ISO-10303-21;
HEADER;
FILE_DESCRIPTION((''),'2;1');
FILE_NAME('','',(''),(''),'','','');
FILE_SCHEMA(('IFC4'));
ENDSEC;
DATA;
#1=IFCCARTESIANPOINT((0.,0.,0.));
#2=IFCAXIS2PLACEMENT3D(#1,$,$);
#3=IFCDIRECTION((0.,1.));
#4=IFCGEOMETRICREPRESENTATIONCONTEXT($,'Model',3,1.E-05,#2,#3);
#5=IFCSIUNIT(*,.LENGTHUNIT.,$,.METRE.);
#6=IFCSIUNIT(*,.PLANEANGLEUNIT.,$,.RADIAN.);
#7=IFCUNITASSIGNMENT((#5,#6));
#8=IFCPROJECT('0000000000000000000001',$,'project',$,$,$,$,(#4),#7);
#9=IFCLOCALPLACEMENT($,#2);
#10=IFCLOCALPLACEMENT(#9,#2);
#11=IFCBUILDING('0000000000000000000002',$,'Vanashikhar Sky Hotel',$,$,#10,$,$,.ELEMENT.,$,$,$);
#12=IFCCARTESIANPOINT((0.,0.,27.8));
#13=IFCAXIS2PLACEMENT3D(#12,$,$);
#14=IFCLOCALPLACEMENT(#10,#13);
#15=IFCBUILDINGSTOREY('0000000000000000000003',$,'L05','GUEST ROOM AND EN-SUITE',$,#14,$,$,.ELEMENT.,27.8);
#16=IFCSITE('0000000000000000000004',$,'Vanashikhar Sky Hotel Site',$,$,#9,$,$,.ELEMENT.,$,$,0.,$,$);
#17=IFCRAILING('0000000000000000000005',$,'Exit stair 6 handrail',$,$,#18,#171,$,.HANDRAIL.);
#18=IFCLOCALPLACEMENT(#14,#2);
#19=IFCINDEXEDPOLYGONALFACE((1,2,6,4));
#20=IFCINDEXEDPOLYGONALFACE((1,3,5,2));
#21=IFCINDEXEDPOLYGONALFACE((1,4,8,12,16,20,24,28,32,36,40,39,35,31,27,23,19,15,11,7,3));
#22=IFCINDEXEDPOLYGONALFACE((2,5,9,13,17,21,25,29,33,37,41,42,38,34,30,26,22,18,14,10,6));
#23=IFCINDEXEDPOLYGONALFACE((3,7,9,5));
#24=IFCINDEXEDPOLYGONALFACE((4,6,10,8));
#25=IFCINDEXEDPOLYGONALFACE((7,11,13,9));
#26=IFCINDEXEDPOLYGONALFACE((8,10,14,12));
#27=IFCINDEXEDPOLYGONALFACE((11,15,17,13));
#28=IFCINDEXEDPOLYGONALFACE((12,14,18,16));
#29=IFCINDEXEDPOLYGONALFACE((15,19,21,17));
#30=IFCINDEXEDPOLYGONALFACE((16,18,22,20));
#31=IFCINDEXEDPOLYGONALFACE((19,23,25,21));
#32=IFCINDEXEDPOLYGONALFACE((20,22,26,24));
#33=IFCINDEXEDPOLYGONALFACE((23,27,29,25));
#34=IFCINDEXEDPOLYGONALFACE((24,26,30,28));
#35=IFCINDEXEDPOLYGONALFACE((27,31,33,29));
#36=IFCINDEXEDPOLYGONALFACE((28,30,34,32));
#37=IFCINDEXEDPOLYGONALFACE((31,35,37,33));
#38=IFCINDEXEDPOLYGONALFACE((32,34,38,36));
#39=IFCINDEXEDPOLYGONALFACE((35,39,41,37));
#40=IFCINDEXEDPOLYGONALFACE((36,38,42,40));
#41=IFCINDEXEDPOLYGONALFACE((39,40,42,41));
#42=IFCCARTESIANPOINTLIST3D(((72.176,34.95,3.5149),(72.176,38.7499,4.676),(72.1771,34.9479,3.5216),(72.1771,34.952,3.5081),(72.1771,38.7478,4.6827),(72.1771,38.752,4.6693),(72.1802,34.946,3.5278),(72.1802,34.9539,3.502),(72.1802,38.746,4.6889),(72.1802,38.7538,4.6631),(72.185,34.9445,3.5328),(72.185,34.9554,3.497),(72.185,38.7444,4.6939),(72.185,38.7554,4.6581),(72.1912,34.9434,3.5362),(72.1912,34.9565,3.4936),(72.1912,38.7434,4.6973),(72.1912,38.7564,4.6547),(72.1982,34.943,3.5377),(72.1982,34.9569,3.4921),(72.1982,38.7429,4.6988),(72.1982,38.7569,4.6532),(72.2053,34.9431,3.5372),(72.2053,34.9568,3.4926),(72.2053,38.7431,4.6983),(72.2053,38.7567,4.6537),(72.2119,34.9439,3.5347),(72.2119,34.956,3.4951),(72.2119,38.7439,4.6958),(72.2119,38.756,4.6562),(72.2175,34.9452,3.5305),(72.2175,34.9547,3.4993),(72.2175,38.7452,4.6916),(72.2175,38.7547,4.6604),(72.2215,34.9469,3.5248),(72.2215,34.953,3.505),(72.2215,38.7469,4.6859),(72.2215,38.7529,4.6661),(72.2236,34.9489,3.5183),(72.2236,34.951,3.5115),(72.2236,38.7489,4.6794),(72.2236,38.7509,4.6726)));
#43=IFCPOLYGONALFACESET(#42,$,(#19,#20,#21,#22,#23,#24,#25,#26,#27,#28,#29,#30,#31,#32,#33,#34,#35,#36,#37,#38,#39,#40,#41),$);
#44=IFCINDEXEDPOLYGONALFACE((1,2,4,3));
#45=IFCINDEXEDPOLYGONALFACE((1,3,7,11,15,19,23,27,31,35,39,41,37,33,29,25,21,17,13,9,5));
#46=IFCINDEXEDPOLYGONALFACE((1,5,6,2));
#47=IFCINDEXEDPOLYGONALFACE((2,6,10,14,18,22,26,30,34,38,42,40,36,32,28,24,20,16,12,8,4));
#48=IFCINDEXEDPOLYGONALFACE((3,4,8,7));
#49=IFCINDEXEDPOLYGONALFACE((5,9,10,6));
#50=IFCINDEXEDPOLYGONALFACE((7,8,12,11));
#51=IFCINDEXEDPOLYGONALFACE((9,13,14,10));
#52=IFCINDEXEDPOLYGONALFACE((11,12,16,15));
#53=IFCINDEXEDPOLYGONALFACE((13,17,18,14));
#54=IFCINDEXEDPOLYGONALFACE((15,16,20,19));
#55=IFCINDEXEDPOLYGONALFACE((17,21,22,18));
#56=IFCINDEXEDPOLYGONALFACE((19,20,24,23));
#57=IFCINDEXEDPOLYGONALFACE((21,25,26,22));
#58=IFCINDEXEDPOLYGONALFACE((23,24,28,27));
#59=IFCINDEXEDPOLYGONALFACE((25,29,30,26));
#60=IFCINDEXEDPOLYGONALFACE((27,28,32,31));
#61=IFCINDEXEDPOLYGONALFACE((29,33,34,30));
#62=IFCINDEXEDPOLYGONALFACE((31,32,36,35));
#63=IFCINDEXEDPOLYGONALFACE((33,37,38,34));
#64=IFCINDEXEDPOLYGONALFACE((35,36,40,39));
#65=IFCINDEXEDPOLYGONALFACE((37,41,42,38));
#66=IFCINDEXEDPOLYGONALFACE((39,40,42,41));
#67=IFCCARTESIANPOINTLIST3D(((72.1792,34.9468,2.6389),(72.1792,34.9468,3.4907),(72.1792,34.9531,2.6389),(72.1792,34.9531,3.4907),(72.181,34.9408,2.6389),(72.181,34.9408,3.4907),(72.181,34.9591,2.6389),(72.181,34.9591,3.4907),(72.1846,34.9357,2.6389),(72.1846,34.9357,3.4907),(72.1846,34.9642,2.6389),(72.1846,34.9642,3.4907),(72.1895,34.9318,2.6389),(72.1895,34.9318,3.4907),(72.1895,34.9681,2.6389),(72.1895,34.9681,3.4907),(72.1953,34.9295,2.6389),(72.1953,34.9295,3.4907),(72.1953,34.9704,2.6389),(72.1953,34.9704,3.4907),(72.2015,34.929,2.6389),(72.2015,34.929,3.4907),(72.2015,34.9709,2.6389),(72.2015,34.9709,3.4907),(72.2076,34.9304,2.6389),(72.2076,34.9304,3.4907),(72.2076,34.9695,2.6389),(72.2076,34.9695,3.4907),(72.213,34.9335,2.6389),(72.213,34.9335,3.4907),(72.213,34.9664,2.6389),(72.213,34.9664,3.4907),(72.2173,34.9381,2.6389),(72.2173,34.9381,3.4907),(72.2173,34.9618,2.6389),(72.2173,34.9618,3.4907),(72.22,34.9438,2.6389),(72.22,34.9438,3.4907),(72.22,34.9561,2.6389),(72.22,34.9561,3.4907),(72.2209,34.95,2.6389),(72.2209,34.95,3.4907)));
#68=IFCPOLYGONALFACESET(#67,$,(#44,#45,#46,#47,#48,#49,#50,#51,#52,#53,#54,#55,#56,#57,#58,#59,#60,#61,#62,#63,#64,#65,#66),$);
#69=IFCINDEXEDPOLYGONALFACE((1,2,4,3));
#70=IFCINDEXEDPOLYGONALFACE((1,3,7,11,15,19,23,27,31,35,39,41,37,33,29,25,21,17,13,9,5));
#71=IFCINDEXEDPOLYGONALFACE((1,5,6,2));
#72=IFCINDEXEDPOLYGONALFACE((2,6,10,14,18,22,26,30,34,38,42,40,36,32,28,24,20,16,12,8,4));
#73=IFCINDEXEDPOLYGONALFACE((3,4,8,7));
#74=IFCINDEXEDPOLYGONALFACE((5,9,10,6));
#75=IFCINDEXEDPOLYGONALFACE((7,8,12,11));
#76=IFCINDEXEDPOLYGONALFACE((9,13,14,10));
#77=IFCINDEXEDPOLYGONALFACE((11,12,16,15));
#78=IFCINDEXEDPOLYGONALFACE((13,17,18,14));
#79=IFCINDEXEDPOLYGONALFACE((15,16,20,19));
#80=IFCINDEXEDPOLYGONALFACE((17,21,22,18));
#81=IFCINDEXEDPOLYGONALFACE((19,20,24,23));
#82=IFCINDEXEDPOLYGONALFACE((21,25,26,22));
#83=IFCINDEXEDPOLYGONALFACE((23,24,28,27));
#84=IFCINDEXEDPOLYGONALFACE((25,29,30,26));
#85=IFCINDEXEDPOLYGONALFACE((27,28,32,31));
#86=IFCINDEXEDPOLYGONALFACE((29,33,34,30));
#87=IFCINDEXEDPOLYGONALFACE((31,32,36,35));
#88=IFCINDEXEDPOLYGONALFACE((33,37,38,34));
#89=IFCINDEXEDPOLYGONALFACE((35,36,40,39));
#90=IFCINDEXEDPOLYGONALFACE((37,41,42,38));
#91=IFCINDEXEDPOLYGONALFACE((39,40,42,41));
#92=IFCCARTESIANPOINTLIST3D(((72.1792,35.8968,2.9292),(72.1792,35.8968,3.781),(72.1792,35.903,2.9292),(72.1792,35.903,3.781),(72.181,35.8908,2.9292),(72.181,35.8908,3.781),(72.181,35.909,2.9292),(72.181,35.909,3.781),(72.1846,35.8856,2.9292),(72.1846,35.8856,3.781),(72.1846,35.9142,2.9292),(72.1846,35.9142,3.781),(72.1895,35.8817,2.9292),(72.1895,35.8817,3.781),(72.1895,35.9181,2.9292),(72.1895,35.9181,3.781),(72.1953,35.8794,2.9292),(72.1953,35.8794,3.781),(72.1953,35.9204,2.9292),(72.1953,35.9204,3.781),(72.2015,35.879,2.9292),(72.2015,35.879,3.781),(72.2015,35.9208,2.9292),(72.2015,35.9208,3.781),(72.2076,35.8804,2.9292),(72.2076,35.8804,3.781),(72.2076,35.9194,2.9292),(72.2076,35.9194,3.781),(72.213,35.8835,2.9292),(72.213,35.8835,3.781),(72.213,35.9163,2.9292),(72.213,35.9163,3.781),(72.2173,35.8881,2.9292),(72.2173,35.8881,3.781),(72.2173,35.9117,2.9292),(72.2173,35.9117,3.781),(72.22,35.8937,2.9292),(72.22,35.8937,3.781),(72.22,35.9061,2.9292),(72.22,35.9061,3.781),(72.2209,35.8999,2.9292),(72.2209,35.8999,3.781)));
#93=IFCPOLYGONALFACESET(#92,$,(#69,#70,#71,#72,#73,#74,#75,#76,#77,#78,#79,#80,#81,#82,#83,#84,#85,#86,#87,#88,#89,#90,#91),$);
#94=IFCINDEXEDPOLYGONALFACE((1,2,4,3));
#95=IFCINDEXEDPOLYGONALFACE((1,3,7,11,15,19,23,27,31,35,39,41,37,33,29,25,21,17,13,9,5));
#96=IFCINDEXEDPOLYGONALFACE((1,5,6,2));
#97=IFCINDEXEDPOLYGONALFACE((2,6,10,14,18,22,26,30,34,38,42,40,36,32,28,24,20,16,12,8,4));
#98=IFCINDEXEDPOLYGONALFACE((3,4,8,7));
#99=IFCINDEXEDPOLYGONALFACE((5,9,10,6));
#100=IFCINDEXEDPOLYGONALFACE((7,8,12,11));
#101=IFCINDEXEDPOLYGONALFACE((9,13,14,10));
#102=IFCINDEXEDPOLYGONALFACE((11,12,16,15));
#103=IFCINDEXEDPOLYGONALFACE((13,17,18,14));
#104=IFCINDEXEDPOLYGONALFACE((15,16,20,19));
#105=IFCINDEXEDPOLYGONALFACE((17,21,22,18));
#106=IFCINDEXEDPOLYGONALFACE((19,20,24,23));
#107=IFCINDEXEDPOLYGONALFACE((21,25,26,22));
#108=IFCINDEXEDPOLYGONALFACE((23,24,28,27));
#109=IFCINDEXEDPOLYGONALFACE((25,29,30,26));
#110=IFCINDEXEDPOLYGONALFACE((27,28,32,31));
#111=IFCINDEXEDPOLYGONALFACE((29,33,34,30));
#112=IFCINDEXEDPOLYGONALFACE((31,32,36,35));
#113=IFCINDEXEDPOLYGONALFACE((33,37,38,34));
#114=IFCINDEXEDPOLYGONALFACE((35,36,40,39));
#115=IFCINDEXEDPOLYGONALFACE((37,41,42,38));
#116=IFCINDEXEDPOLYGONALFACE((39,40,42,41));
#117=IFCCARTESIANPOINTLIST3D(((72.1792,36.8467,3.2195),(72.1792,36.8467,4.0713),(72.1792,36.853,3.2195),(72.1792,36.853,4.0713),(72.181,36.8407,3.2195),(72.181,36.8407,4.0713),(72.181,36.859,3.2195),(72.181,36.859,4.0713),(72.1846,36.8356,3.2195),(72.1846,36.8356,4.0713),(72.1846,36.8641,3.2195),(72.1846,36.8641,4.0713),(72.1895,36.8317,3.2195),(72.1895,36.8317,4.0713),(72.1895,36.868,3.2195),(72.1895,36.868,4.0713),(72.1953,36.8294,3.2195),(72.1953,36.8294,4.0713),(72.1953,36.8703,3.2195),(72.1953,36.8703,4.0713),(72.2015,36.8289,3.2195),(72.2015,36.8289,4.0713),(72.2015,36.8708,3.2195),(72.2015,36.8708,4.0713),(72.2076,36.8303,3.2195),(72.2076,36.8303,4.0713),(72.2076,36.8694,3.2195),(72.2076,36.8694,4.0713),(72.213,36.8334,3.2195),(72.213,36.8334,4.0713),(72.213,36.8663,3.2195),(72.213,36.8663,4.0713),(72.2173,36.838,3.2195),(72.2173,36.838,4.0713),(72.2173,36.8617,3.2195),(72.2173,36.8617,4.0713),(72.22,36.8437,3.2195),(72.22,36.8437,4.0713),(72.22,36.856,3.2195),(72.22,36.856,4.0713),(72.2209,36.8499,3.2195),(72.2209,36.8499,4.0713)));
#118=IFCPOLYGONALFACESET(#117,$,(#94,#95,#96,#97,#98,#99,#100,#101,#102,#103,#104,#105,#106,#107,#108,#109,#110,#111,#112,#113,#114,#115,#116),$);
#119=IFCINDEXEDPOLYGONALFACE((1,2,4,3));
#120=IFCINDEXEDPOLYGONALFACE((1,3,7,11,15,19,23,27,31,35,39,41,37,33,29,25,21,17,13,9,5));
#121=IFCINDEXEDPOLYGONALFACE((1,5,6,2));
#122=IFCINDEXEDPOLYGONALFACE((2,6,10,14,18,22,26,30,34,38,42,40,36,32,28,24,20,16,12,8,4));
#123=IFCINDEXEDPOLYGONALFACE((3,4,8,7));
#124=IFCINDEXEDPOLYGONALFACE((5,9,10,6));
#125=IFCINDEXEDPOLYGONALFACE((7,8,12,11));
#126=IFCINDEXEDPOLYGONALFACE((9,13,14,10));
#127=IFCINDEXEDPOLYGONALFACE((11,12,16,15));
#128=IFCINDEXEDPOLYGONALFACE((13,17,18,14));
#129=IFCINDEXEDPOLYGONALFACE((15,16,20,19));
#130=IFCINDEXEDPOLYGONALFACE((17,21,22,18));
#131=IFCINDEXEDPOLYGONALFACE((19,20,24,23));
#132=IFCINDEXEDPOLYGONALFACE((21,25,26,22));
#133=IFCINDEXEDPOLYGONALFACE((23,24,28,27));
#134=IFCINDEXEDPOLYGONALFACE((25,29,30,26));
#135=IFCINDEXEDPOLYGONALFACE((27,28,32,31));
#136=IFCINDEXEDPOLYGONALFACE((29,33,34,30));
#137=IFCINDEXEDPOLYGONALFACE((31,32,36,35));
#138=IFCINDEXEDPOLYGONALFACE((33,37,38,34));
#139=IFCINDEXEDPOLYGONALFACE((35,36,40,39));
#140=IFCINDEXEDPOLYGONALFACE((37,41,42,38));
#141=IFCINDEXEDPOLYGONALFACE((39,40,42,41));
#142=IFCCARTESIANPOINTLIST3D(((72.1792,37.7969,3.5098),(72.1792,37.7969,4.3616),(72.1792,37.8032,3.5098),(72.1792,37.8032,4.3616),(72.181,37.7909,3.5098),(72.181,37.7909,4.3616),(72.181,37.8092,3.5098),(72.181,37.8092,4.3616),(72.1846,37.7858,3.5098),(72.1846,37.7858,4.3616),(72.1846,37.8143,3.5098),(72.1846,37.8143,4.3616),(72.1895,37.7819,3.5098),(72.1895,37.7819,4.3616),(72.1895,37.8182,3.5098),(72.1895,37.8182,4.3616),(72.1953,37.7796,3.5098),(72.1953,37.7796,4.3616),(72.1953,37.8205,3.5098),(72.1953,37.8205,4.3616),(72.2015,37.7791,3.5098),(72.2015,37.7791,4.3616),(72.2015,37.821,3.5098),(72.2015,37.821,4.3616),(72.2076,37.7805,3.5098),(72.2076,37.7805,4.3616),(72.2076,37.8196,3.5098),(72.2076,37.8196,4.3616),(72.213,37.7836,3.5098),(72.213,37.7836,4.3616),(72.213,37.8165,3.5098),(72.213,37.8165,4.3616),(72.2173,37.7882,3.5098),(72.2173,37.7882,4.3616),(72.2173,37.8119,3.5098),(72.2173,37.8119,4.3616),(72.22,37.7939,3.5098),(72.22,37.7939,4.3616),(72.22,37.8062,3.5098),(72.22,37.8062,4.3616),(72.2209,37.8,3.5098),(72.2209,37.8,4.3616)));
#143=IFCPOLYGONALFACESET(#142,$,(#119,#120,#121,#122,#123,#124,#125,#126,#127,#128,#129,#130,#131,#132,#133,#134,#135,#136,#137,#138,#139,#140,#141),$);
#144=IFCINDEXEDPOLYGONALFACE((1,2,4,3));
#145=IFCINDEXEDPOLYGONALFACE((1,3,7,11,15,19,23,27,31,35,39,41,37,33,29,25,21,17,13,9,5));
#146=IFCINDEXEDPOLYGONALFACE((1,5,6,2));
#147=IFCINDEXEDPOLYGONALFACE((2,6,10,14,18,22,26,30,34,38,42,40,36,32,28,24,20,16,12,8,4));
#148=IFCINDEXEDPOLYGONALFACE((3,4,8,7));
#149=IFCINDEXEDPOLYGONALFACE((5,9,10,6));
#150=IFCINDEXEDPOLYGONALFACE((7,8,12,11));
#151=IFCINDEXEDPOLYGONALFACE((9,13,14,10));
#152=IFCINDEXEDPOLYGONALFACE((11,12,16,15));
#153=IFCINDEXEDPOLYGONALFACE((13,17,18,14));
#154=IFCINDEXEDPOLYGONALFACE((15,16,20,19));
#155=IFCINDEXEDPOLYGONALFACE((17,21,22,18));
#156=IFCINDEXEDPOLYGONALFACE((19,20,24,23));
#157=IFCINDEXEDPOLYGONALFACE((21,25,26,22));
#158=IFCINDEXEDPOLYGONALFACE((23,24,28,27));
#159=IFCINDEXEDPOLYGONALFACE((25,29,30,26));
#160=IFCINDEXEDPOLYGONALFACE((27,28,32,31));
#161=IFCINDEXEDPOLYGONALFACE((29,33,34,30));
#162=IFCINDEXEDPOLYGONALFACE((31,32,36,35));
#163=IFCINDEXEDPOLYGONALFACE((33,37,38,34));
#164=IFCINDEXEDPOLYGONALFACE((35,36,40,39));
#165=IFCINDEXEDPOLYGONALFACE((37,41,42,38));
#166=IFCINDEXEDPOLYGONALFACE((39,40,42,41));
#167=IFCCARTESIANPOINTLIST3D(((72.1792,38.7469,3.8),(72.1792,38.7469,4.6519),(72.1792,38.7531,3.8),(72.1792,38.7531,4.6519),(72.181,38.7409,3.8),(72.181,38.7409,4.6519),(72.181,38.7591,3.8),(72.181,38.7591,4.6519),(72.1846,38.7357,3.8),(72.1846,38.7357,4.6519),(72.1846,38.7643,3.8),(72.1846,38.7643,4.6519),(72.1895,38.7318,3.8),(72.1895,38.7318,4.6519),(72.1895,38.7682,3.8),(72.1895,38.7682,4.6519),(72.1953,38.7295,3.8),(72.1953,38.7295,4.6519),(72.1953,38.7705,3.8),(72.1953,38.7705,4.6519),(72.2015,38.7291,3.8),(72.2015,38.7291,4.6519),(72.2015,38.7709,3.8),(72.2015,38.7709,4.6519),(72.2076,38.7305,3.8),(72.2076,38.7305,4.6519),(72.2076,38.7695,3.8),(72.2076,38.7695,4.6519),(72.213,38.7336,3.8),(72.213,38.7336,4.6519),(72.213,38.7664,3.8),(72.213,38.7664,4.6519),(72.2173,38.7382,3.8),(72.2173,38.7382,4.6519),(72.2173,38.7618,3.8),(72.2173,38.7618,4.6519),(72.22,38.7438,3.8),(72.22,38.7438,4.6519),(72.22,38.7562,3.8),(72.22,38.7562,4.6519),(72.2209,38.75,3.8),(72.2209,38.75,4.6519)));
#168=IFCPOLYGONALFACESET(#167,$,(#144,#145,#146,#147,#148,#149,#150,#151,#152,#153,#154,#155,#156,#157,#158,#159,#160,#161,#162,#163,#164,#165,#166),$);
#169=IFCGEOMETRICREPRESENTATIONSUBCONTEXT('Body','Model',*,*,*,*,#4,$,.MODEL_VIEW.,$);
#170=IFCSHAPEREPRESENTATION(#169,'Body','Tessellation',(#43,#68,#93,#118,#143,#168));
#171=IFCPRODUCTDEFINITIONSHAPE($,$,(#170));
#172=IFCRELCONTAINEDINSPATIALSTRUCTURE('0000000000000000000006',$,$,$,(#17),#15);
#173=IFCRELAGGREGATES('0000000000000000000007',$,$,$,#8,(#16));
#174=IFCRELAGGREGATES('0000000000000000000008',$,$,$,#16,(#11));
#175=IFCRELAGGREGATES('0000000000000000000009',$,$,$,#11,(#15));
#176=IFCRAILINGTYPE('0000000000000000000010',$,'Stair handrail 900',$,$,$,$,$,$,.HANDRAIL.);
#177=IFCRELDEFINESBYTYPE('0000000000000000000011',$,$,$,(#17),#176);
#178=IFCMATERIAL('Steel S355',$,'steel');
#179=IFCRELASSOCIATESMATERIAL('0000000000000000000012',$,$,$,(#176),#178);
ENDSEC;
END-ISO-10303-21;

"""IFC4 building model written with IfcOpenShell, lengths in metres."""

from ifc_helpers import new_model, si_unit, direction, frame, origin, origin_2d, place, context, subcontext, project, spatial, circle, extrude, source, transform, mapped, material, type_object, element, save


model = new_model("IFC4")

# Units and contexts
model_context = context("Model", 3, precision=1e-05, world=origin(), true_north=direction((0.0, 1.0)))
body_context = subcontext(model_context, "Body", "Model", "MODEL_VIEW")
ifc_project = project(units=[si_unit("LENGTHUNIT", "METRE"), si_unit("PLANEANGLEUNIT", "RADIAN")], contexts=[model_context])

# Site, building, storey
site_placement = place(None, origin())
site = spatial("IfcSite", under=ifc_project, at=site_placement, Name="Vanashikhar Sky Hotel Site", CompositionType="ELEMENT", RefElevation=0.0)
building_placement = place(site_placement, origin())
building = spatial("IfcBuilding", under=site, at=building_placement, Name="Vanashikhar Sky Hotel", CompositionType="ELEMENT")
storey_placement = place(building_placement, frame((0.0, 0.0, 27.8)))
storey = spatial("IfcBuildingStorey", under=building, at=storey_placement, Name="L05", Description="GUEST ROOM AND EN-SUITE", CompositionType="ELEMENT", Elevation=27.8)

# Railing
ifc_material_1 = material(Name="Steel S355", Category="steel")
railing_type = type_object("IfcRailingType", Name="Stair handrail 900", PredefinedType="HANDRAIL", material=ifc_material_1)
shared_shape_1 = source(origin(), body_context, "Body", "SweptSolid", [
    extrude(circle(Radius=0.0239, at=origin_2d()), frame((0.0, 0.0, 0.876), z_axis=(0.0, 0.956351, 0.29222), x_axis=(-1.0, 0.0, 0.0)), (0.0, 0.0, 1.0), 3.9734),
    extrude(circle(Radius=0.021, at=origin_2d()), origin(), (0.0, 0.0, 1.0), 0.8518),
    extrude(circle(Radius=0.021, at=origin_2d()), frame((0.0, 0.95, 0.2903)), (0.0, 0.0, 1.0), 0.8518),
    extrude(circle(Radius=0.021, at=origin_2d()), frame((0.0, 1.8999, 0.5806)), (0.0, 0.0, 1.0), 0.8518),
    extrude(circle(Radius=0.021, at=origin_2d()), frame((0.0, 2.8501, 0.8708)), (0.0, 0.0, 1.0), 0.8518),
    extrude(circle(Radius=0.021, at=origin_2d()), frame((0.0, 3.8, 1.1611)), (0.0, 0.0, 1.0), 0.8518),
])
for number, where, name in (
    (1, (72.2, 34.95, 2.6389), "Exit stair 6 handrail"),
):
    element("IfcRailing", number, at=place(storey_placement, frame(where)), inside=storey, type_object=railing_type, Name=name, PredefinedType="HANDRAIL", context=body_context, shape_type="MappedRepresentation", body=[
        mapped(shared_shape_1, transform((0.0, 0.0, 0.0), scale=1.0)),
    ])

save(model, "model.ifc")
